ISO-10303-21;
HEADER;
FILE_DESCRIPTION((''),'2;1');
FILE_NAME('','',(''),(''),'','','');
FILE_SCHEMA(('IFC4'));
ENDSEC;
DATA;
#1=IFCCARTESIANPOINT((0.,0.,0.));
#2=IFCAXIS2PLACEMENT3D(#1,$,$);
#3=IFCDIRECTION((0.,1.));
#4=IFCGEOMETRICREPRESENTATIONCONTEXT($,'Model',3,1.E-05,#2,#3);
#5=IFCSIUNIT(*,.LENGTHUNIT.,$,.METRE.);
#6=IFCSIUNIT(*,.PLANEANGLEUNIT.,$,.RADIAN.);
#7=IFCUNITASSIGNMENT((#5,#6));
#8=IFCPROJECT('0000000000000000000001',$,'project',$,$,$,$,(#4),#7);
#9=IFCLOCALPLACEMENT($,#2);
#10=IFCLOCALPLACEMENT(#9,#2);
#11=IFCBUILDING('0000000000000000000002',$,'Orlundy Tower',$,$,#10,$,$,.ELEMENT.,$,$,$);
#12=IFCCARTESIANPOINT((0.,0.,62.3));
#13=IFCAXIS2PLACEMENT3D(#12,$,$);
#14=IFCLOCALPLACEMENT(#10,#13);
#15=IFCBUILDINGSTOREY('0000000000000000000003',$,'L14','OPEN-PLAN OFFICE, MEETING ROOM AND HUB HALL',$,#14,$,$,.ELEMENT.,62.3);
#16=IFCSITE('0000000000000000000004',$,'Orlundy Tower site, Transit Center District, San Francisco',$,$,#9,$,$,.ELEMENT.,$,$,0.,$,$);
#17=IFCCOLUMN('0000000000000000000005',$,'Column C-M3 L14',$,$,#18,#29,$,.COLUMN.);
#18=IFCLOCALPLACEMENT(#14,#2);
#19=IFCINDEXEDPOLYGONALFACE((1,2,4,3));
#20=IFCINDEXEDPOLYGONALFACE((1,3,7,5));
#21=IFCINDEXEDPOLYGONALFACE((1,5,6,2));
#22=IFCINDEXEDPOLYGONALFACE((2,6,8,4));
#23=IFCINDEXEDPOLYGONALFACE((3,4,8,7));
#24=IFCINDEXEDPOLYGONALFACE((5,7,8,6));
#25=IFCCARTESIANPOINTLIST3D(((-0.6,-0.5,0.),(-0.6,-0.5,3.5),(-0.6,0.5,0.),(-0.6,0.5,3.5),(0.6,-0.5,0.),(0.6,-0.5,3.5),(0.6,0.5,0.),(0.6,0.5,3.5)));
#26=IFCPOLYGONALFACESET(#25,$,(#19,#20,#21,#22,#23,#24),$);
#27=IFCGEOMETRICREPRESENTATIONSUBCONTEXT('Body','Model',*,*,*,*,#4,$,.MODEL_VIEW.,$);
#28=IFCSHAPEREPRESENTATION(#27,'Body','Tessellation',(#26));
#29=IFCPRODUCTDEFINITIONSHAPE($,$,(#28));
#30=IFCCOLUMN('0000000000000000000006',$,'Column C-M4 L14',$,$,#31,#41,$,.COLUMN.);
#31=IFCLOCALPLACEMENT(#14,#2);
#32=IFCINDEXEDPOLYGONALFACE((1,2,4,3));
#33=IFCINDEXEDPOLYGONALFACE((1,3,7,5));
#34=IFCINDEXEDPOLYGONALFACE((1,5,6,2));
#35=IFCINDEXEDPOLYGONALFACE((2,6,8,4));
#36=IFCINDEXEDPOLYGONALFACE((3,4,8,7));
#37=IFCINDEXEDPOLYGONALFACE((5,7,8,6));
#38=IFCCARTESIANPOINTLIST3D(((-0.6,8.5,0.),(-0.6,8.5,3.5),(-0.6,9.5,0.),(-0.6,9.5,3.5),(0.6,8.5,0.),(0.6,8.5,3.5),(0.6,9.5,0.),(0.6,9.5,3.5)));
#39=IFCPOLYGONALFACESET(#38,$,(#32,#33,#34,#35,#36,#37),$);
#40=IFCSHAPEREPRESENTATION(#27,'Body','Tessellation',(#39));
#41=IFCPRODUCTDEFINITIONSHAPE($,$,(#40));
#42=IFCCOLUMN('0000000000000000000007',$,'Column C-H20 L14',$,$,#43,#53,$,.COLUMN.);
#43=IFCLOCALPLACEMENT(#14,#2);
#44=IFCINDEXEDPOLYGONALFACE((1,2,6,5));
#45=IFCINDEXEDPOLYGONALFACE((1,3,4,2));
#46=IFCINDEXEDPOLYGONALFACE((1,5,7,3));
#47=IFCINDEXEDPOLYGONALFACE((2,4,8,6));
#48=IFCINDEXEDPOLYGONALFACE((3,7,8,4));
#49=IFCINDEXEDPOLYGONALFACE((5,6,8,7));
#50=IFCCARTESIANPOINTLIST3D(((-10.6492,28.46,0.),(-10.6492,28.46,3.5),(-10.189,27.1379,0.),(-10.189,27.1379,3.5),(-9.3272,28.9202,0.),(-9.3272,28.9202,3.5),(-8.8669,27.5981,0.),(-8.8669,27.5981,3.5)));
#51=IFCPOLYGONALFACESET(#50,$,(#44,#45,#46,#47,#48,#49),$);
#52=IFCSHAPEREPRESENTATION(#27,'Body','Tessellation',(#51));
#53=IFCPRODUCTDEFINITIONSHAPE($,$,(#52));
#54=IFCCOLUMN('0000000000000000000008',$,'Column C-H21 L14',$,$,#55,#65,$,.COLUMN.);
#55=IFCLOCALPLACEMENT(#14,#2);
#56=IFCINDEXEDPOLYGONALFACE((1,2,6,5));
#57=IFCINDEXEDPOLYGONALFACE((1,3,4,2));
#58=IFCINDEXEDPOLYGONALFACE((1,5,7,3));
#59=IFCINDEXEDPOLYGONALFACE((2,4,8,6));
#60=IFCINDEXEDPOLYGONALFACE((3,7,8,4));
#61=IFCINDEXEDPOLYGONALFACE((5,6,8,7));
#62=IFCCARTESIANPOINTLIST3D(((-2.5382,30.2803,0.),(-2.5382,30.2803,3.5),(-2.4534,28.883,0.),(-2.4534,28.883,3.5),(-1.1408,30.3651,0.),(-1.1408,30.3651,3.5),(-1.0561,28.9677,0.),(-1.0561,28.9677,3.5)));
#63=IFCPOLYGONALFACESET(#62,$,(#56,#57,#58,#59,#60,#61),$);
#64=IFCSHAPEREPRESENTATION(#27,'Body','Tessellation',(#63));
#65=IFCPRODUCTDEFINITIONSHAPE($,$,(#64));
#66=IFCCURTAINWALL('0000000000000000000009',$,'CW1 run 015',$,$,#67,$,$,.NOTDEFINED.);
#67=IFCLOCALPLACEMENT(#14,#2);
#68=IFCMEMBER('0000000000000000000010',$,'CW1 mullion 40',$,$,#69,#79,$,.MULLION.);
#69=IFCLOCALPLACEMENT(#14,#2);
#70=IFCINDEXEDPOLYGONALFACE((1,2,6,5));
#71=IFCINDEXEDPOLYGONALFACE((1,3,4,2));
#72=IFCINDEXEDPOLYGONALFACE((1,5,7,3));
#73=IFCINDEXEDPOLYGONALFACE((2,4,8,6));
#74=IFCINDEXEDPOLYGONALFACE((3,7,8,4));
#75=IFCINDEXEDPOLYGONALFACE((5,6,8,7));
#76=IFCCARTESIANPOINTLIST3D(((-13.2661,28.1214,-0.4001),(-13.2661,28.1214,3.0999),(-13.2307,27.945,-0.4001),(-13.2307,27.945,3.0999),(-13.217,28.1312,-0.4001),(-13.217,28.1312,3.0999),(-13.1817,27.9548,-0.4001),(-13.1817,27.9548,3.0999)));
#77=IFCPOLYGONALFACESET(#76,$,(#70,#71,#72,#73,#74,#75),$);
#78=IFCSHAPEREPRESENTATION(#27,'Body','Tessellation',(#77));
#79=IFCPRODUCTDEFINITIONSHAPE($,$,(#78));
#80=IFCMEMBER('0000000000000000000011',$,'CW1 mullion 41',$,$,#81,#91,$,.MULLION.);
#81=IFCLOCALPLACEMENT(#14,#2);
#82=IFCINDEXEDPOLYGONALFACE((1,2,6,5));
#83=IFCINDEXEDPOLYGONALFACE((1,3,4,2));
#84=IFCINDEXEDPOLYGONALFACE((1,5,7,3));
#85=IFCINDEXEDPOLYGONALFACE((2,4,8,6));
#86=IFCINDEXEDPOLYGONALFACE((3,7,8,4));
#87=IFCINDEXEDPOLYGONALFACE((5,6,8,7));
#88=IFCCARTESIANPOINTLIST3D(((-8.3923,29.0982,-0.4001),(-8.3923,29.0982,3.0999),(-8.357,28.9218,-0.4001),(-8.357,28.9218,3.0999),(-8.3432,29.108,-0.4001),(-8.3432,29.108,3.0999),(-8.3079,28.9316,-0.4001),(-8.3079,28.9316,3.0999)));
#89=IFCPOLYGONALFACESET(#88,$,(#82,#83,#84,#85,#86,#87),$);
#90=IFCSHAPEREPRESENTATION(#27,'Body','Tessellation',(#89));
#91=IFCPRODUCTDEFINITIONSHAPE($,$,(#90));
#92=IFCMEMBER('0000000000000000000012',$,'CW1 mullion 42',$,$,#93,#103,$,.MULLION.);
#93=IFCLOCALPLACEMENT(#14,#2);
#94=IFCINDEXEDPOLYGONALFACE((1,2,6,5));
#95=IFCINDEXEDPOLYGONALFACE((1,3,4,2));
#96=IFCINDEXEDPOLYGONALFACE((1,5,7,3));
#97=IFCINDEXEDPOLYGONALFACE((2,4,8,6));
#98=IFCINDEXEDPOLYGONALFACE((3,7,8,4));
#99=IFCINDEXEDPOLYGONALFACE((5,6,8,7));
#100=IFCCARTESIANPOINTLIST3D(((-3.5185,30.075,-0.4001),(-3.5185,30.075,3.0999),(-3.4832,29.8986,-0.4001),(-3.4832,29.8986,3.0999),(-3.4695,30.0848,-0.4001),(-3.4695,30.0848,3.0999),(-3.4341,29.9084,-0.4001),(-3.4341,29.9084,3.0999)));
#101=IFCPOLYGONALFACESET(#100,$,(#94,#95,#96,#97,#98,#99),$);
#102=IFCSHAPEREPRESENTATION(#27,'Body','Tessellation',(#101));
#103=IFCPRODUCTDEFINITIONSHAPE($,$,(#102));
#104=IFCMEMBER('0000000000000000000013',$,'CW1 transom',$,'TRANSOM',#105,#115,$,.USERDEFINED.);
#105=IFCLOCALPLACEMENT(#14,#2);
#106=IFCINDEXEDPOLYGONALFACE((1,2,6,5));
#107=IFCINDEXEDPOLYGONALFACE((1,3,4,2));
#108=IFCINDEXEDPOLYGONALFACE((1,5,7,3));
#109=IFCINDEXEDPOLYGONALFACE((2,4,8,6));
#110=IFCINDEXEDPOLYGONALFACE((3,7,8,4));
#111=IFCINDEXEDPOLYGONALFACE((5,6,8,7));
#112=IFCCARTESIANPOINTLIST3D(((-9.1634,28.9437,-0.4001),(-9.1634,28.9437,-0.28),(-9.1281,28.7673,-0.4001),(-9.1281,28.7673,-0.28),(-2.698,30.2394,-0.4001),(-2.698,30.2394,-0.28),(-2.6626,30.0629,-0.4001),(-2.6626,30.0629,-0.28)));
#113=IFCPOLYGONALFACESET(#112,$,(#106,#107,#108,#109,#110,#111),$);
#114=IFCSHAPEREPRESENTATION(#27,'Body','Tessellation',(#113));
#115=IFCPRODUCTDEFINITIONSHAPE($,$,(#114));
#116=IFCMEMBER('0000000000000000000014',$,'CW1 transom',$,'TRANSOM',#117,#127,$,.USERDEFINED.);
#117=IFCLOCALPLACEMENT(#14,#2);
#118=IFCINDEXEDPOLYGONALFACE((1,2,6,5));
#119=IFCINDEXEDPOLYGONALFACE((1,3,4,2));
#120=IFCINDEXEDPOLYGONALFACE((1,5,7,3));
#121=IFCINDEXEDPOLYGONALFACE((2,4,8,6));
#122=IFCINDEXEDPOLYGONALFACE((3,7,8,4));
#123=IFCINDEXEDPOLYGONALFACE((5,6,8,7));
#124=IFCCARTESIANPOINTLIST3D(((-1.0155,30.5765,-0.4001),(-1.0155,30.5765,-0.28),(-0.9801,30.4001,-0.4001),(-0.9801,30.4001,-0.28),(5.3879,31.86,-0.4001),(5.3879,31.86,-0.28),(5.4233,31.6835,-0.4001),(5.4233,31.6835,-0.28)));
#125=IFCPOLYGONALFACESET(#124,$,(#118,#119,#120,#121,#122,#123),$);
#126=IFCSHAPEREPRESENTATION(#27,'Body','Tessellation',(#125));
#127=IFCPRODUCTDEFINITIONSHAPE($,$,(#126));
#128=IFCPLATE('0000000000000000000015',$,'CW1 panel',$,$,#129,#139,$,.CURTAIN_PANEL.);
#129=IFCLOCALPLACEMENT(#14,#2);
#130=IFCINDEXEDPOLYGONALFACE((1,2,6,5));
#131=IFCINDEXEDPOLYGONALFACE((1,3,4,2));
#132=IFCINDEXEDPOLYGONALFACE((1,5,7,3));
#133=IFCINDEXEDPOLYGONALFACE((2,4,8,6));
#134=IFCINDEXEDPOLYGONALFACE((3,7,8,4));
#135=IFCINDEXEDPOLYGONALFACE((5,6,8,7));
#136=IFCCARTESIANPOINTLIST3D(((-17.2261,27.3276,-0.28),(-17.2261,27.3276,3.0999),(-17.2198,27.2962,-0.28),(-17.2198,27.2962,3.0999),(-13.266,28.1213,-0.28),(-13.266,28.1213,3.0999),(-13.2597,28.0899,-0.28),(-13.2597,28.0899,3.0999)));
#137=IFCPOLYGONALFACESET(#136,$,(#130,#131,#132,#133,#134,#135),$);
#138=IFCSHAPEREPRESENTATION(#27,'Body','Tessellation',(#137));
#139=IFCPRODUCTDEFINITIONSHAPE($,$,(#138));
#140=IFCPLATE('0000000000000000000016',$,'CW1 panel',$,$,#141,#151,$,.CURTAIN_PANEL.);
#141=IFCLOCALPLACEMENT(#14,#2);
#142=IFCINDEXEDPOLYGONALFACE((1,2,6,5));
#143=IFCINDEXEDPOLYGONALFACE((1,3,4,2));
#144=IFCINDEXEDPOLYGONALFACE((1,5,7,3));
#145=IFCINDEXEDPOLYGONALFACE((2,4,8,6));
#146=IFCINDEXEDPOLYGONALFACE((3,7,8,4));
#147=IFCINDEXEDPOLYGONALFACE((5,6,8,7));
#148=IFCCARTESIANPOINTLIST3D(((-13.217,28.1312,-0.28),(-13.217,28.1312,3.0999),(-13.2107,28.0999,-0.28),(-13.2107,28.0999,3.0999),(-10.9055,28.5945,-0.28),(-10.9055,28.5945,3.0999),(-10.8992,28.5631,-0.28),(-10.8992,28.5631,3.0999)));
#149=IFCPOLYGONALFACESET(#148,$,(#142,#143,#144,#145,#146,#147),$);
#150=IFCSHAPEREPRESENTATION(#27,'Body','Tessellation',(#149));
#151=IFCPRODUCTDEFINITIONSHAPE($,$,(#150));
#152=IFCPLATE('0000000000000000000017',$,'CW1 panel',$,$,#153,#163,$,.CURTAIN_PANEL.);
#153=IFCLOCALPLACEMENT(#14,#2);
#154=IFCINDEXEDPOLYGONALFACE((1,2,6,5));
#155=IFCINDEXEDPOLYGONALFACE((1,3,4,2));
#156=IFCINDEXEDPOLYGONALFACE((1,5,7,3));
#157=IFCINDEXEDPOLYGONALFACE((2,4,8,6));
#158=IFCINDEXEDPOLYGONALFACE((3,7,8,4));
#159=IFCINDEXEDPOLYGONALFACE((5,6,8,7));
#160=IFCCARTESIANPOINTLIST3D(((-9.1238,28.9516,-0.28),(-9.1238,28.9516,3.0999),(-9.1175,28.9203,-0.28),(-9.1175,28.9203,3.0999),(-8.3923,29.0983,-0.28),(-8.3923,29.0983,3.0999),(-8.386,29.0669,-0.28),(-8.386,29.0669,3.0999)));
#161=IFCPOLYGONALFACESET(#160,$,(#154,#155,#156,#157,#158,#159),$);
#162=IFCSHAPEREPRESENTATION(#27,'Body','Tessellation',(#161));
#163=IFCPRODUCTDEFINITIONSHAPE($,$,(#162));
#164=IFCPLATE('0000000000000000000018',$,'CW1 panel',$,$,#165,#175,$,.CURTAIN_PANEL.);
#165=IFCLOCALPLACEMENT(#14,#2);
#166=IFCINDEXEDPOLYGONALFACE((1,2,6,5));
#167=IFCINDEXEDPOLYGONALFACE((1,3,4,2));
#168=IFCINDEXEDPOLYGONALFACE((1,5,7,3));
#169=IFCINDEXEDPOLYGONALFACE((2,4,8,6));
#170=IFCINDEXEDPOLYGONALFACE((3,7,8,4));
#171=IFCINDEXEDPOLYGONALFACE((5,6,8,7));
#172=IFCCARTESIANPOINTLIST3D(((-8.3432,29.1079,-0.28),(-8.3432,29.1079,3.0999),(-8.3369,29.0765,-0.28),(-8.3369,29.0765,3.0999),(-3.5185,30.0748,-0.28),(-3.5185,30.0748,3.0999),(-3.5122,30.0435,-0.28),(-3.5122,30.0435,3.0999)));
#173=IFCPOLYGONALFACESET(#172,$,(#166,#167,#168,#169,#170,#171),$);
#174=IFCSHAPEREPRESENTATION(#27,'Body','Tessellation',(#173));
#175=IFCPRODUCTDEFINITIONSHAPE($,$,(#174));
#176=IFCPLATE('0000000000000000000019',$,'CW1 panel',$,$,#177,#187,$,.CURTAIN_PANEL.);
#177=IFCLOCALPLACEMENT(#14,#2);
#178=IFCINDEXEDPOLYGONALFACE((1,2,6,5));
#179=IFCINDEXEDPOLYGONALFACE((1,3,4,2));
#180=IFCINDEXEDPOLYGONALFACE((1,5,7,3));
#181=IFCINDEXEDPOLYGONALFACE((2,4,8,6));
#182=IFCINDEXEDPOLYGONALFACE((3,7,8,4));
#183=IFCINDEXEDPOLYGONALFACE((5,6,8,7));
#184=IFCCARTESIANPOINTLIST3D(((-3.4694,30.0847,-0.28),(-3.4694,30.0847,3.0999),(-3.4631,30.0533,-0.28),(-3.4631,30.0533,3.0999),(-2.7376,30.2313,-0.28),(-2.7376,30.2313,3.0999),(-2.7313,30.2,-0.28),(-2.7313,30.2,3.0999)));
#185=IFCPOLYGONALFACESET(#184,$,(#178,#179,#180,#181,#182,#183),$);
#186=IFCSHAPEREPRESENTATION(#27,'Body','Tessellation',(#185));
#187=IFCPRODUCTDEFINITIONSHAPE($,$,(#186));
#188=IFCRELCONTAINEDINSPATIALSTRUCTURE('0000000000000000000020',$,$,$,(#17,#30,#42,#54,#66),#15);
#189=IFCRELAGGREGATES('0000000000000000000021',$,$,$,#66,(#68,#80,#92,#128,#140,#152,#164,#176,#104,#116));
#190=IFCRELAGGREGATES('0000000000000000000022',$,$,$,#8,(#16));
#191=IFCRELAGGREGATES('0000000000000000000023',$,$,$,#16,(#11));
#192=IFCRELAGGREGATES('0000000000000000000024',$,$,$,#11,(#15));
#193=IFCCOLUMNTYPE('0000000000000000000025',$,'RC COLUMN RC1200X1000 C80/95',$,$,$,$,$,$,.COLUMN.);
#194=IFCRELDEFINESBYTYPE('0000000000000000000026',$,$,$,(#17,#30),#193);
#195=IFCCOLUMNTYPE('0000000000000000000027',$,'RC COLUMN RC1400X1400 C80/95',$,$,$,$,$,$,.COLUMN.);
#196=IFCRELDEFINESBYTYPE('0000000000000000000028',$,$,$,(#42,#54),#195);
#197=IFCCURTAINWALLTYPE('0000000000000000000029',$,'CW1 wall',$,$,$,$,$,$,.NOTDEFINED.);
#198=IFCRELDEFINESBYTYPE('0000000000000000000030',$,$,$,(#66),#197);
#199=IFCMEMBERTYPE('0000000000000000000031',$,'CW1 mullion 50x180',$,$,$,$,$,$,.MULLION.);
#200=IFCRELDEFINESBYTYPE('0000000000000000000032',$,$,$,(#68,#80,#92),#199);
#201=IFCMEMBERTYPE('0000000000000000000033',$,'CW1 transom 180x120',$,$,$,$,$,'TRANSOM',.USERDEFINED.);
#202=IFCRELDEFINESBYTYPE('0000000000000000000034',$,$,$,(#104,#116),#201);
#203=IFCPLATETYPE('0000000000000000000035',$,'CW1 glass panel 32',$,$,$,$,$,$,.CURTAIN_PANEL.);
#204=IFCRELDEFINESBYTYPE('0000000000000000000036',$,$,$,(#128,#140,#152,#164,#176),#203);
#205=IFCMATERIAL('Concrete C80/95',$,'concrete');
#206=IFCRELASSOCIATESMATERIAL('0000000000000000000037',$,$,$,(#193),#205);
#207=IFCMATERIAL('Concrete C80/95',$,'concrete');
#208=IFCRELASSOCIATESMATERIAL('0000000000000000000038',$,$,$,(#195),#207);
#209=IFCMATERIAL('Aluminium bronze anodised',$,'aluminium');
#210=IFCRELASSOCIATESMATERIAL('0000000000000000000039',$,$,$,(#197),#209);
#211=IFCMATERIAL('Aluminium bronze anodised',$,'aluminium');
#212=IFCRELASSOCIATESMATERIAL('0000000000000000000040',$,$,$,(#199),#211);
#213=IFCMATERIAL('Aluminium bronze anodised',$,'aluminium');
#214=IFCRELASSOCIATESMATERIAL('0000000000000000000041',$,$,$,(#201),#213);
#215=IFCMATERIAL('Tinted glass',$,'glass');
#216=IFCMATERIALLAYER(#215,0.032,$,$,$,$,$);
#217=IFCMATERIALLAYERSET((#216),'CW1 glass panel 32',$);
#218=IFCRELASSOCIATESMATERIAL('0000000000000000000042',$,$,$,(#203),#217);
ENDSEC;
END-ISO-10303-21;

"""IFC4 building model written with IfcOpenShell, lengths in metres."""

from ifc_helpers import new_model, si_unit, direction, frame, origin, origin_2d, place, context, subcontext, project, spatial, rectangle, extrude, material, layer, layer_set, material_profile, profile_set, type_object, element, aggregate, save


model = new_model("IFC4")

# Units and contexts
model_context = context("Model", 3, precision=1e-05, world=origin(), true_north=direction((0.0, 1.0)))
body_context = subcontext(model_context, "Body", "Model", "MODEL_VIEW")
ifc_project = project(units=[si_unit("LENGTHUNIT", "METRE"), si_unit("PLANEANGLEUNIT", "RADIAN")], contexts=[model_context])

# Site, building, storey
site_placement = place(None, origin())
site = spatial("IfcSite", under=ifc_project, at=site_placement, Name="Orlundy Tower site, Transit Center District, San Francisco", CompositionType="ELEMENT", RefElevation=0.0)
building_placement = place(site_placement, origin())
building = spatial("IfcBuilding", under=site, at=building_placement, Name="Orlundy Tower", CompositionType="ELEMENT")
storey_placement = place(building_placement, frame((0.0, 0.0, 62.3)))
storey = spatial("IfcBuildingStorey", under=building, at=storey_placement, Name="L14", Description="OPEN-PLAN OFFICE, MEETING ROOM AND HUB HALL", CompositionType="ELEMENT", Elevation=62.3)

# Columns
ifc_material_1 = material(Name="Concrete C80/95", Category="concrete")
ifc_material_profile_1 = material_profile(ifc_material_1, rectangle(XDim=1.2, YDim=1.0, at=origin_2d()), Name="RC1200X1000")
ifc_profile_set_1 = profile_set([ifc_material_profile_1], Name="Concrete C80/95")
column_type_1 = type_object("IfcColumnType", Name="RC COLUMN RC1200X1000 C80/95", PredefinedType="COLUMN", material=ifc_profile_set_1)
for number, where, z_axis, x_axis, name in (
    (1, (0.0, 0.0, 0.0), (0.0, 0.0, 1.0), (1.0, 0.0, 0.0), "Column C-M3 L14"),
    (2, (0.0, 9.0, 0.0), (0.0, 0.0, 1.0), (1.0, 0.0, 0.0), "Column C-M4 L14"),
):
    element("IfcColumn", number, at=place(storey_placement, frame(where, z_axis=z_axis, x_axis=x_axis)), inside=storey, type_object=column_type_1, Name=name, PredefinedType="COLUMN", context=body_context, shape_type="SweptSolid", body=[
        extrude(rectangle(XDim=1.2, YDim=1.0, at=origin_2d()), origin(), (0.0, 0.0, 1.0), 3.5),
    ])
ifc_material_2 = material(Name="Concrete C80/95", Category="concrete")
ifc_material_profile_2 = material_profile(ifc_material_2, rectangle(XDim=1.3999, YDim=1.3999, at=origin_2d()), Name="RC1400X1400")
ifc_profile_set_2 = profile_set([ifc_material_profile_2], Name="Concrete C80/95")
column_type_2 = type_object("IfcColumnType", Name="RC COLUMN RC1400X1400 C80/95", PredefinedType="COLUMN", material=ifc_profile_set_2)
for number, where, z_axis, x_axis, name in (
    (3, (-9.7581, 28.0291, 0.0), (0.0, 0.0, 1.0), (-0.328784, 0.944405, 0.0), "Column C-H20 L14"),
    (4, (-1.7971, 29.624, 0.0), (0.0, 0.0, 1.0), (-0.060543, 0.998166, 0.0), "Column C-H21 L14"),
):
    element("IfcColumn", number, at=place(storey_placement, frame(where, z_axis=z_axis, x_axis=x_axis)), inside=storey, type_object=column_type_2, Name=name, PredefinedType="COLUMN", context=body_context, shape_type="SweptSolid", body=[
        extrude(rectangle(XDim=1.3999, YDim=1.3999, at=origin_2d()), origin(), (0.0, 0.0, 1.0), 3.5),
    ])

# Curtain wall, members, plates
ifc_material_3 = material(Name="Aluminium bronze anodised", Category="aluminium")
curtain_wall_type = type_object("IfcCurtainWallType", Name="CW1 wall", PredefinedType="NOTDEFINED", material=ifc_material_3)
curtain_wall_placement = place(storey_placement, origin())
curtain_wall = element("IfcCurtainWall", 5, at=curtain_wall_placement, inside=storey, type_object=curtain_wall_type, Name="CW1 run 015", PredefinedType="NOTDEFINED")
ifc_material_4 = material(Name="Aluminium bronze anodised", Category="aluminium")
ifc_material_profile_3 = material_profile(ifc_material_4, rectangle(XDim=0.1799, YDim=0.05, at=origin_2d()), Name="CW1 mullion 50x180")
ifc_profile_set_3 = profile_set([ifc_material_profile_3], Name="Aluminium bronze anodised")
member_type_1 = type_object("IfcMemberType", Name="CW1 mullion 50x180", PredefinedType="MULLION", material=ifc_profile_set_3)
member_1_placement = place(storey_placement, frame((-13.2239, 28.0381, -0.4001), z_axis=(0.0, 0.0, 1.0), x_axis=(-0.196511, 0.980502, 0.0)))
member_1 = element("IfcMember", 6, at=member_1_placement, type_object=member_type_1, Name="CW1 mullion 40", PredefinedType="MULLION", context=body_context, shape_type="SweptSolid", body=[
    extrude(rectangle(XDim=0.1799, YDim=0.05, at=origin_2d()), origin(), (0.0, 0.0, 1.0), 3.5),
])
member_2_placement = place(storey_placement, frame((-8.3501, 29.0149, -0.4001), z_axis=(0.0, 0.0, 1.0), x_axis=(-0.196511, 0.980502, 0.0)))
member_2 = element("IfcMember", 7, at=member_2_placement, type_object=member_type_1, Name="CW1 mullion 41", PredefinedType="MULLION", context=body_context, shape_type="SweptSolid", body=[
    extrude(rectangle(XDim=0.1799, YDim=0.05, at=origin_2d()), origin(), (0.0, 0.0, 1.0), 3.5),
])
member_3_placement = place(storey_placement, frame((-3.4763, 29.9917, -0.4001), z_axis=(0.0, 0.0, 1.0), x_axis=(-0.196511, 0.980502, 0.0)))
member_3 = element("IfcMember", 8, at=member_3_placement, type_object=member_type_1, Name="CW1 mullion 42", PredefinedType="MULLION", context=body_context, shape_type="SweptSolid", body=[
    extrude(rectangle(XDim=0.1799, YDim=0.05, at=origin_2d()), origin(), (0.0, 0.0, 1.0), 3.5),
])
ifc_material_5 = material(Name="Aluminium bronze anodised", Category="aluminium")
ifc_material_profile_4 = material_profile(ifc_material_5, rectangle(XDim=0.1799, YDim=0.1201, at=origin_2d()), Name="CW1 transom 180x120")
ifc_profile_set_4 = profile_set([ifc_material_profile_4], Name="Aluminium bronze anodised")
member_type_2 = type_object("IfcMemberType", Name="CW1 transom 180x120", ElementType="TRANSOM", PredefinedType="USERDEFINED", material=ifc_profile_set_4)
member_4_placement = place(storey_placement, frame((-9.1458, 28.8555, -0.3401), z_axis=(0.980505, 0.196493, 0.0), x_axis=(-0.196493, 0.980505, 0.0)))
member_4 = element("IfcMember", 9, at=member_4_placement, type_object=member_type_2, Name="CW1 transom", ObjectType="TRANSOM", PredefinedType="USERDEFINED", context=body_context, shape_type="SweptSolid", body=[
    extrude(rectangle(XDim=0.1799, YDim=0.1201, at=origin_2d()), origin(), (0.0, 0.0, 1.0), 6.594),
])
member_5_placement = place(storey_placement, frame((-0.9978, 30.4883, -0.3401), z_axis=(0.980499, 0.196526, 0.0), x_axis=(-0.196526, 0.980499, 0.0)))
member_5 = element("IfcMember", 10, at=member_5_placement, type_object=member_type_2, Name="CW1 transom", ObjectType="TRANSOM", PredefinedType="USERDEFINED", context=body_context, shape_type="SweptSolid", body=[
    extrude(rectangle(XDim=0.1799, YDim=0.1201, at=origin_2d()), origin(), (0.0, 0.0, 1.0), 6.5308),
])
ifc_material_6 = material(Name="Tinted glass", Category="glass")
ifc_layer_1 = layer(ifc_material_6, 0.032)
ifc_layer_set_1 = layer_set([ifc_layer_1], Name="CW1 glass panel 32")
plate_type = type_object("IfcPlateType", Name="CW1 glass panel 32", PredefinedType="CURTAIN_PANEL", material=ifc_layer_set_1)
plate_1_placement = place(storey_placement, frame((-15.2429, 27.7087, -0.28), z_axis=(0.0, 0.0, 1.0), x_axis=(0.980502, 0.196511, 0.0)))
plate_1 = element("IfcPlate", 11, at=plate_1_placement, type_object=plate_type, Name="CW1 panel", PredefinedType="CURTAIN_PANEL", context=body_context, shape_type="SweptSolid", body=[
    extrude(rectangle(XDim=4.0388, YDim=0.032, at=origin_2d()), origin(), (0.0, 0.0, 1.0), 3.3799),
])
plate_2_placement = place(storey_placement, frame((-12.0581, 28.3472, -0.28), z_axis=(0.0, 0.0, 1.0), x_axis=(0.980502, 0.196511, 0.0)))
plate_2 = element("IfcPlate", 12, at=plate_2_placement, type_object=plate_type, Name="CW1 panel", PredefinedType="CURTAIN_PANEL", context=body_context, shape_type="SweptSolid", body=[
    extrude(rectangle(XDim=2.3574, YDim=0.032, at=origin_2d()), origin(), (0.0, 0.0, 1.0), 3.3799),
])
plate_3_placement = place(storey_placement, frame((-8.7549, 29.0093, -0.28), z_axis=(0.0, 0.0, 1.0), x_axis=(0.980502, 0.196511, 0.0)))
plate_3 = element("IfcPlate", 13, at=plate_3_placement, type_object=plate_type, Name="CW1 panel", PredefinedType="CURTAIN_PANEL", context=body_context, shape_type="SweptSolid", body=[
    extrude(rectangle(XDim=0.7461, YDim=0.032, at=origin_2d()), origin(), (0.0, 0.0, 1.0), 3.3799),
])
plate_4_placement = place(storey_placement, frame((-5.9277, 29.5757, -0.28), z_axis=(0.0, 0.0, 1.0), x_axis=(0.980502, 0.196511, 0.0)))
plate_4 = element("IfcPlate", 14, at=plate_4_placement, type_object=plate_type, Name="CW1 panel", PredefinedType="CURTAIN_PANEL", context=body_context, shape_type="SweptSolid", body=[
    extrude(rectangle(XDim=4.9207, YDim=0.032, at=origin_2d()), origin(), (0.0, 0.0, 1.0), 3.3799),
])
plate_5_placement = place(storey_placement, frame((-3.1003, 30.1423, -0.28), z_axis=(0.0, 0.0, 1.0), x_axis=(0.980502, 0.196511, 0.0)))
plate_5 = element("IfcPlate", 15, at=plate_5_placement, type_object=plate_type, Name="CW1 panel", PredefinedType="CURTAIN_PANEL", context=body_context, shape_type="SweptSolid", body=[
    extrude(rectangle(XDim=0.7463, YDim=0.032, at=origin_2d()), origin(), (0.0, 0.0, 1.0), 3.3799),
])
aggregate(curtain_wall, [member_1, member_2, member_3, plate_1, plate_2, plate_3, plate_4, plate_5, member_4, member_5])

save(model, "model.ifc")
